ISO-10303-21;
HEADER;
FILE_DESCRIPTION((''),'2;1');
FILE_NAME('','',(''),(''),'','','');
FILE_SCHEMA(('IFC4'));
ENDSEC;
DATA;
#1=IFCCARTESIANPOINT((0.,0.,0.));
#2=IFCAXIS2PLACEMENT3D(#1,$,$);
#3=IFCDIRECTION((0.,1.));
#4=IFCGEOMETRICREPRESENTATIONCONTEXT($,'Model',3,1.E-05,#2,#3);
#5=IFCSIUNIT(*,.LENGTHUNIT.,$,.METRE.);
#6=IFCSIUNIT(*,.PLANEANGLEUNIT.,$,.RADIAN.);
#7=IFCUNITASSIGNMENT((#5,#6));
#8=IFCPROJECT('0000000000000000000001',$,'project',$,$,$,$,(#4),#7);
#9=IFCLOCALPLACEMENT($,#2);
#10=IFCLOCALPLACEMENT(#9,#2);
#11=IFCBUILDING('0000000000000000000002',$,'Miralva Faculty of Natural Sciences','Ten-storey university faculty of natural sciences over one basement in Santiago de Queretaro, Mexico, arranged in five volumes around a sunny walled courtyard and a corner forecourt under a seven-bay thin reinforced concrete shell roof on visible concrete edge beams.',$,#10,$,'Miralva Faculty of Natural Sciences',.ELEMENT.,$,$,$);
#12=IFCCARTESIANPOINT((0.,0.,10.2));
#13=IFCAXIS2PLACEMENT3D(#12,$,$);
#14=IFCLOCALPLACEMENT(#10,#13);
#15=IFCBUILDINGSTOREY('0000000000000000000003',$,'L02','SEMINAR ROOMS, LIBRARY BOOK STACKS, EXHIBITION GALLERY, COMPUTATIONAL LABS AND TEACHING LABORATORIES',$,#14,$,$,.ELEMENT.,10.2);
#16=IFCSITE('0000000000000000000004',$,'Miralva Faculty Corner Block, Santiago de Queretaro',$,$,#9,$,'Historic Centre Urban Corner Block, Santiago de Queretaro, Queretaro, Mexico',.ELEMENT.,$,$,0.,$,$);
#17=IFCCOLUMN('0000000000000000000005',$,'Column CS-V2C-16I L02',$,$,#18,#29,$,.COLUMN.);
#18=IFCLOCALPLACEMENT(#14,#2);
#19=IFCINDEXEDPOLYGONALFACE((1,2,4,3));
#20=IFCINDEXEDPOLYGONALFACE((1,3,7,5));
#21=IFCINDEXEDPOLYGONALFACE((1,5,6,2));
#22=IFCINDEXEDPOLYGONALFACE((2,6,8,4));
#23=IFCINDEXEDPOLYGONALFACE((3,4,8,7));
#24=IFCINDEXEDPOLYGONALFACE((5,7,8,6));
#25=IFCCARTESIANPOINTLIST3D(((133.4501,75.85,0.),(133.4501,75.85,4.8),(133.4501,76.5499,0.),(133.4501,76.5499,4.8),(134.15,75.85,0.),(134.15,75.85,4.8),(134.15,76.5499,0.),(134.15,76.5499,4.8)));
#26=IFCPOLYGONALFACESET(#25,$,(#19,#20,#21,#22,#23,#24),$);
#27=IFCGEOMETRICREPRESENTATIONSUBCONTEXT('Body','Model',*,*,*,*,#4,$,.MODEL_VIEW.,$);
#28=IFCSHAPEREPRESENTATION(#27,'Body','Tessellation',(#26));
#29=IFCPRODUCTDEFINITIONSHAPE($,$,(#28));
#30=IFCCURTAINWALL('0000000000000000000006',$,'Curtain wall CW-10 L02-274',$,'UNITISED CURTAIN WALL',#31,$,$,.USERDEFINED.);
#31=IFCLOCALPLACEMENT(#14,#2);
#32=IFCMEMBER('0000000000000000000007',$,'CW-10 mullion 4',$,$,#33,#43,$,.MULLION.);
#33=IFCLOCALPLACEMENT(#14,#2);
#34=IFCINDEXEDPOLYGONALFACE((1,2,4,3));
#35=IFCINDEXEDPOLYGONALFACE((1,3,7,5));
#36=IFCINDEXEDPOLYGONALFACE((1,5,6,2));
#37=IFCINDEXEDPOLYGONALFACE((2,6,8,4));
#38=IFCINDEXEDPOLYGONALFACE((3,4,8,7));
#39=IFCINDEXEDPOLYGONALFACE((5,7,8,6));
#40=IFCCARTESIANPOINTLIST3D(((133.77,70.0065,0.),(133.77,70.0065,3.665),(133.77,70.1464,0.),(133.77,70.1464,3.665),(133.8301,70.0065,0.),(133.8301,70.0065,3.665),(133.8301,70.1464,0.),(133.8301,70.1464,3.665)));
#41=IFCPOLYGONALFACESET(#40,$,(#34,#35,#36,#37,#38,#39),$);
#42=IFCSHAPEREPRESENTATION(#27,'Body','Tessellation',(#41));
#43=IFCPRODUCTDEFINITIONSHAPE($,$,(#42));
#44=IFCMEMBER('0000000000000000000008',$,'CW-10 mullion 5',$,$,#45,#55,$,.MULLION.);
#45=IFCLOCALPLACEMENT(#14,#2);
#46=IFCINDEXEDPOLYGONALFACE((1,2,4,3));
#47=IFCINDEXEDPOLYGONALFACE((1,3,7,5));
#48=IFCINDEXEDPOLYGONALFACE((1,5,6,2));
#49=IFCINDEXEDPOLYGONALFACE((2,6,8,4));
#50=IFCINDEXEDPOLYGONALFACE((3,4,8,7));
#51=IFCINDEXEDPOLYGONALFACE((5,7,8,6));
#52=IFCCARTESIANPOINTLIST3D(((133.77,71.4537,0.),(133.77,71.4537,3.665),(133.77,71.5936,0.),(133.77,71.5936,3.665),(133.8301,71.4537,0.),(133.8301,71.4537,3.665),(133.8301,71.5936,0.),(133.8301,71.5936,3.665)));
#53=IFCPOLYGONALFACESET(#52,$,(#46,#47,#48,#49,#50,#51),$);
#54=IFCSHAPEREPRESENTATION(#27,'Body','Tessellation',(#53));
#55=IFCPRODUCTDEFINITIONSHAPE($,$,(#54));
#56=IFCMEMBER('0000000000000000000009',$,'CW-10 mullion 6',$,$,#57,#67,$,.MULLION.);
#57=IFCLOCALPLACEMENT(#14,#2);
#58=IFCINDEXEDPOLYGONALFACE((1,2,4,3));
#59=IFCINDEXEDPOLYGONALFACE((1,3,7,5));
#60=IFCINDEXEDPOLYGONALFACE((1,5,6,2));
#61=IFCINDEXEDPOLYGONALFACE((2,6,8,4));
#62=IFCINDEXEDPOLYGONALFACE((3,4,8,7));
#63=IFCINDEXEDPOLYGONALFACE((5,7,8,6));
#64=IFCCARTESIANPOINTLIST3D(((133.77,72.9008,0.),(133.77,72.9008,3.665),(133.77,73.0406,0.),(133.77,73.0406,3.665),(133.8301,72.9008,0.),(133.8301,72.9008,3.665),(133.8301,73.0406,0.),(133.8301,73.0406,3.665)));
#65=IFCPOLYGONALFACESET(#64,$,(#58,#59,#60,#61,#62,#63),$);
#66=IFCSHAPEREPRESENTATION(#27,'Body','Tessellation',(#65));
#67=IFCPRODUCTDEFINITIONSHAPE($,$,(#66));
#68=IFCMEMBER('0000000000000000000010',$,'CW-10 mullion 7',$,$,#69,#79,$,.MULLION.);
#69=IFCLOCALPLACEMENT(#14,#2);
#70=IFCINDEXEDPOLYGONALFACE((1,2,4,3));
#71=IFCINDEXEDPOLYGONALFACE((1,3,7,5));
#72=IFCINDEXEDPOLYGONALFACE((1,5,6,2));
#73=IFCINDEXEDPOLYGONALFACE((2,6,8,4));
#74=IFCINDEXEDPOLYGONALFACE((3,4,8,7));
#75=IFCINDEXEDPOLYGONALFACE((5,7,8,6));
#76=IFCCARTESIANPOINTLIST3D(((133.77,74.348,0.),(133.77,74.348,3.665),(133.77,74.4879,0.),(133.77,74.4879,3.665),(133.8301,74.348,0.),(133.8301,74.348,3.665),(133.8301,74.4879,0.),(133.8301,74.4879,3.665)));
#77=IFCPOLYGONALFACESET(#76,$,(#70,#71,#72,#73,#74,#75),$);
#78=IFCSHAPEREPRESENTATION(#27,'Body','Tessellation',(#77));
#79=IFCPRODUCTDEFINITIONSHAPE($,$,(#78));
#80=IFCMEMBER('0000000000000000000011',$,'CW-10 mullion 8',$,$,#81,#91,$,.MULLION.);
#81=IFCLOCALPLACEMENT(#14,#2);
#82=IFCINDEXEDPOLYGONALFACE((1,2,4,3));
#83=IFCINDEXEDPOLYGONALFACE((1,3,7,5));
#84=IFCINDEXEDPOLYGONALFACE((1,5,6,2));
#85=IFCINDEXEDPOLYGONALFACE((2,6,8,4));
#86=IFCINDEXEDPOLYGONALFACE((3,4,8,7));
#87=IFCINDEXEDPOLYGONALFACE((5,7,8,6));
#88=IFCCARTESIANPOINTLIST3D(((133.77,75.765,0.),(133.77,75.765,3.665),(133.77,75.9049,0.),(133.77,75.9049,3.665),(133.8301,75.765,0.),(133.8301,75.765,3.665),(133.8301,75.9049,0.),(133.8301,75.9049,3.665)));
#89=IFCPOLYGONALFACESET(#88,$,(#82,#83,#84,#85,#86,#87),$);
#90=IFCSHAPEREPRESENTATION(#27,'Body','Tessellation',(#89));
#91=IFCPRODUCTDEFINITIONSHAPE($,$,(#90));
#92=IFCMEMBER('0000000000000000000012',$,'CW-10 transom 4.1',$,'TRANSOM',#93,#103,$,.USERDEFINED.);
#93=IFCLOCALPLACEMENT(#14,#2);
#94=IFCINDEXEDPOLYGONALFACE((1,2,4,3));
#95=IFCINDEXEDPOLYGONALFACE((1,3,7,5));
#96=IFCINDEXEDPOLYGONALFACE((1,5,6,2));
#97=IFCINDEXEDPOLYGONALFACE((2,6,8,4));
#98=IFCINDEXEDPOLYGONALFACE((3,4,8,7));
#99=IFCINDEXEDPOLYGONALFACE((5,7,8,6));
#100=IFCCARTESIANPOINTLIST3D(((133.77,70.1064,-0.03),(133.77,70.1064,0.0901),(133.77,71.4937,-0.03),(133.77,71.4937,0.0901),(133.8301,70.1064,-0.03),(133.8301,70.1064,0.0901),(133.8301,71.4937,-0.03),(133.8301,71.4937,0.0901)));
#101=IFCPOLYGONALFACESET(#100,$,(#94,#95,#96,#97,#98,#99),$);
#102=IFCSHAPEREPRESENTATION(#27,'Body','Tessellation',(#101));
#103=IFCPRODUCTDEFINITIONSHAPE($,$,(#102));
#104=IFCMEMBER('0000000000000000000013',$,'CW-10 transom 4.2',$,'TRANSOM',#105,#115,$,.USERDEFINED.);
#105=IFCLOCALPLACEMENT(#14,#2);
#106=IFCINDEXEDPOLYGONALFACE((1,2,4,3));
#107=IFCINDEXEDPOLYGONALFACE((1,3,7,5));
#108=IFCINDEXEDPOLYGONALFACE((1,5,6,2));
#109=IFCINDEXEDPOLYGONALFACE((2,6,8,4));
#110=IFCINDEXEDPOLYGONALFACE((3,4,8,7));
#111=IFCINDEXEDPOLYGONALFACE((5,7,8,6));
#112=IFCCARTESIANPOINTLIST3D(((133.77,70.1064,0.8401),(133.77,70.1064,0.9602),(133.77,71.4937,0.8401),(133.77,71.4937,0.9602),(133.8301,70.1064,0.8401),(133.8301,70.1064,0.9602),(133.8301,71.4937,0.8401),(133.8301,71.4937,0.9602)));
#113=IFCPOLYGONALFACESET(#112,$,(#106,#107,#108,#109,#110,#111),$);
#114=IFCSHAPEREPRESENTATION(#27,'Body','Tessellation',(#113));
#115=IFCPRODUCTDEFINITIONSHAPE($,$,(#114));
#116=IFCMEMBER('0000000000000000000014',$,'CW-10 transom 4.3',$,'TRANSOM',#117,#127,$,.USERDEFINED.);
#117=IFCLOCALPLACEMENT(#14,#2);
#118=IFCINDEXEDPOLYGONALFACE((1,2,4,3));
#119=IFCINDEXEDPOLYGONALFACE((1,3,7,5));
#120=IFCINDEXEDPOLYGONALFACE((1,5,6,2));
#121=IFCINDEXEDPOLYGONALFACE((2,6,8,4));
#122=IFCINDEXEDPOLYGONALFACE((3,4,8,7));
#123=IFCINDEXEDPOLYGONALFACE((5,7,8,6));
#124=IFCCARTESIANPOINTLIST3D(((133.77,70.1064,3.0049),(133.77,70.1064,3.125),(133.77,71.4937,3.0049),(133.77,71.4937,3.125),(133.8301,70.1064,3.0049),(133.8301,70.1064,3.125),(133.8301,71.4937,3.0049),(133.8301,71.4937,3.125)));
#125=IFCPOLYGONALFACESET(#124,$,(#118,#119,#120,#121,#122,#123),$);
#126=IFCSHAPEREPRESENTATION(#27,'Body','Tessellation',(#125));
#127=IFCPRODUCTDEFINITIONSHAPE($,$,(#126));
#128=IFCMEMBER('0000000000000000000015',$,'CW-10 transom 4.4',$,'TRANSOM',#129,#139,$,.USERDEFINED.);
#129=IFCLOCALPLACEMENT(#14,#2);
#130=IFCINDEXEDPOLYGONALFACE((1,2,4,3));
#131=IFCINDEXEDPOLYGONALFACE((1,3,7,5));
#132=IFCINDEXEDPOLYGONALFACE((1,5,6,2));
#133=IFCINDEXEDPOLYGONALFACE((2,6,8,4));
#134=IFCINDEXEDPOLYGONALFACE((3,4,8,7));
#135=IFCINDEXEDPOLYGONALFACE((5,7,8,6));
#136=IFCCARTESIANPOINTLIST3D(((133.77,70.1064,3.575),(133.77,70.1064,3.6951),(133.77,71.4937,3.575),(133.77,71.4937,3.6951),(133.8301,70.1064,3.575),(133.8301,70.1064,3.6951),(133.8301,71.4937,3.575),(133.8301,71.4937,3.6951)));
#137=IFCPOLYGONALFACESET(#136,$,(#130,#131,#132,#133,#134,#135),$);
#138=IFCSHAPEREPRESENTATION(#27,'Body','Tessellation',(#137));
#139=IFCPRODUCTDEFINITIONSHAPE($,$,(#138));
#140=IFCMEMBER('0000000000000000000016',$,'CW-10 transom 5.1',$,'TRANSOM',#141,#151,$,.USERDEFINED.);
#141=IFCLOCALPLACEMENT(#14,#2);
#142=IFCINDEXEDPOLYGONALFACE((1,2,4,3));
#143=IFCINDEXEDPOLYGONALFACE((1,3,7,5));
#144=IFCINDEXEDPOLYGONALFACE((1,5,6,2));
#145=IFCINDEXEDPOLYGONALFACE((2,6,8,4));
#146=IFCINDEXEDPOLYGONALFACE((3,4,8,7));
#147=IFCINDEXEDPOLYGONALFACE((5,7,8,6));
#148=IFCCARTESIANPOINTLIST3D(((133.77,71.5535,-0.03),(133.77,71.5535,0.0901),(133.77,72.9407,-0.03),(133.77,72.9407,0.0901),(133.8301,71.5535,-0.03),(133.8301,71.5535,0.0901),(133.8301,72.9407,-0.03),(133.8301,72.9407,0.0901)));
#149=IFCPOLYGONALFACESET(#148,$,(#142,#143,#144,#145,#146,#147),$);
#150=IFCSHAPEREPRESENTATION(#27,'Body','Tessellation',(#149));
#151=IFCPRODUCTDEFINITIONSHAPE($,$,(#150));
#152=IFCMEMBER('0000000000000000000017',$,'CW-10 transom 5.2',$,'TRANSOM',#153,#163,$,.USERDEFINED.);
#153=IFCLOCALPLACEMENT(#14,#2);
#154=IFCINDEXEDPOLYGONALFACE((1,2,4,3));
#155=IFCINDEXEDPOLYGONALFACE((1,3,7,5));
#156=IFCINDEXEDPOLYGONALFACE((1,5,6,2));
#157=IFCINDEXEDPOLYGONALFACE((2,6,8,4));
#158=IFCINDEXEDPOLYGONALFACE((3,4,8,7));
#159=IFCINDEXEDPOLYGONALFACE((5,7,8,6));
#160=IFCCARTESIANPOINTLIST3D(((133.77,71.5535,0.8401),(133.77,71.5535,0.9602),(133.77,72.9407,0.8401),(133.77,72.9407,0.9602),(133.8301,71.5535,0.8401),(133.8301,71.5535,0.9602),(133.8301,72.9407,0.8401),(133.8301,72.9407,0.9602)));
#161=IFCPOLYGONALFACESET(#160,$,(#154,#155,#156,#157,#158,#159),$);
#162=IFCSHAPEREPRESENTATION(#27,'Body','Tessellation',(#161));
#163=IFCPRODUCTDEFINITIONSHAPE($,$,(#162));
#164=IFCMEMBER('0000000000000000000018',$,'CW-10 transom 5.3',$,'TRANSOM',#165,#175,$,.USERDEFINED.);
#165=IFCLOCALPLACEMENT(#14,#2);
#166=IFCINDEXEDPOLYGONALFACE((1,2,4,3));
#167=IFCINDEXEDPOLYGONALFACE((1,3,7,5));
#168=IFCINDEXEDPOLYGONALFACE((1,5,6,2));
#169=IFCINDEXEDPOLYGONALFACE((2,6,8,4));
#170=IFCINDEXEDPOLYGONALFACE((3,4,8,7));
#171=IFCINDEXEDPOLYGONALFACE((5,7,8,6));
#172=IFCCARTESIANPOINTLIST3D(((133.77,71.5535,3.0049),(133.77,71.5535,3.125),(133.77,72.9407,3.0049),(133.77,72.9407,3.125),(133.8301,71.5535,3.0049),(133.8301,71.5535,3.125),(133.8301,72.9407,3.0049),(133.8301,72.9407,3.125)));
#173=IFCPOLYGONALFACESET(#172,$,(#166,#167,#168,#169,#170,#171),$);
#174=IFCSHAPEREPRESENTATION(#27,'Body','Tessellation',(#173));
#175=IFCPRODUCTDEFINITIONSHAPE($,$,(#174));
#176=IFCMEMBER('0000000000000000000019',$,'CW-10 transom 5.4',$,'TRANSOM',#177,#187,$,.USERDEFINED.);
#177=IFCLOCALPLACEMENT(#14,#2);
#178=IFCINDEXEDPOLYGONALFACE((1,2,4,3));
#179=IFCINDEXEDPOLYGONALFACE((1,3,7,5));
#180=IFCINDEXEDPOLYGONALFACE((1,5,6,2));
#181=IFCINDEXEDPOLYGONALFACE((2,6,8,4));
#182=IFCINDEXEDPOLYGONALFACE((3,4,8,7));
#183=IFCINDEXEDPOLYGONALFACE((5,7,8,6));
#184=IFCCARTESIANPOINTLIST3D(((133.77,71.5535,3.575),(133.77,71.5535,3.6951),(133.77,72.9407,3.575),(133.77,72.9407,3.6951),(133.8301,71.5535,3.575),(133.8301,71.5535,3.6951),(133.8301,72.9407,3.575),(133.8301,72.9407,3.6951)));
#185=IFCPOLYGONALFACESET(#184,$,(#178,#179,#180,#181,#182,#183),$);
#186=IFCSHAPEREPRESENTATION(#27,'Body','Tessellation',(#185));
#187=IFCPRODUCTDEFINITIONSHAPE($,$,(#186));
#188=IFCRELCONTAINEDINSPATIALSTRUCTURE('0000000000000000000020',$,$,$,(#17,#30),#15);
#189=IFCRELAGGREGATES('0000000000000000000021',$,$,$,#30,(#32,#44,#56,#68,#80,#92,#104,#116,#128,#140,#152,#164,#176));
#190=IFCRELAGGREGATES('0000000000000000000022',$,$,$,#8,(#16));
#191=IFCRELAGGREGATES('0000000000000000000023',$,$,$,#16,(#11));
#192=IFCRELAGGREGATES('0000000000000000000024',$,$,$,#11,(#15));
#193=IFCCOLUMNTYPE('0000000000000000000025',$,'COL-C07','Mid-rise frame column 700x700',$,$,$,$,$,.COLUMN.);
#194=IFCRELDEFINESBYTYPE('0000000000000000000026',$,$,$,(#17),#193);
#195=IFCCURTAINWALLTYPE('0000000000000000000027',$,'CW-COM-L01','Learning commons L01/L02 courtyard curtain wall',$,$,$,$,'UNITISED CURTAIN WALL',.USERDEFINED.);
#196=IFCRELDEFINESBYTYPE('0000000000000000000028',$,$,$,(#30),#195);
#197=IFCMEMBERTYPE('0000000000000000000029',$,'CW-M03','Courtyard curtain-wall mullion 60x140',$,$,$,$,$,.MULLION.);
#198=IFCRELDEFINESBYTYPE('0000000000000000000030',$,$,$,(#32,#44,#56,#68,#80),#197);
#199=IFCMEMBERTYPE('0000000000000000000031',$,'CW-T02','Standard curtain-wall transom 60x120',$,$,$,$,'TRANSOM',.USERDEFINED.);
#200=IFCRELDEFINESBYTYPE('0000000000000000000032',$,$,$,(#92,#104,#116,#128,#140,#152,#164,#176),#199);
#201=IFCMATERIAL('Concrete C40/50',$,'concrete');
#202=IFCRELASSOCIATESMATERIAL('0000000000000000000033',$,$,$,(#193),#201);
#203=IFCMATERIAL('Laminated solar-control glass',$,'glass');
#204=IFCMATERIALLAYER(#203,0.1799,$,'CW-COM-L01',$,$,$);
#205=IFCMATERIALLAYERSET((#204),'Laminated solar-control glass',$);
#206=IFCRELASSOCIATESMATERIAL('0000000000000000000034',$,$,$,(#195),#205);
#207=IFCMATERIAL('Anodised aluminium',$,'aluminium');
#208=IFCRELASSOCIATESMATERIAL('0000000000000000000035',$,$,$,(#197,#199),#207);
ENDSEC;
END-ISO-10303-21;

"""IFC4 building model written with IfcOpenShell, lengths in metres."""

from ifc_helpers import new_model, si_unit, direction, frame, origin, origin_2d, place, context, subcontext, project, spatial, rectangle, extrude, material, layer, layer_set, material_profile, profile_set, type_object, element, aggregate, save


model = new_model("IFC4")

# Units and contexts
model_context = context("Model", 3, precision=1e-05, world=origin(), true_north=direction((0.0, 1.0)))
body_context = subcontext(model_context, "Body", "Model", "MODEL_VIEW")
ifc_project = project(units=[si_unit("LENGTHUNIT", "METRE"), si_unit("PLANEANGLEUNIT", "RADIAN")], contexts=[model_context])

# Site, building, storey
site_placement = place(None, origin())
site = spatial("IfcSite", under=ifc_project, at=site_placement, Name="Miralva Faculty Corner Block, Santiago de Queretaro", LongName="Historic Centre Urban Corner Block, Santiago de Queretaro, Queretaro, Mexico", CompositionType="ELEMENT", RefElevation=0.0)
building_placement = place(site_placement, origin())
building = spatial("IfcBuilding", under=site, at=building_placement, Name="Miralva Faculty of Natural Sciences", Description="Ten-storey university faculty of natural sciences over one basement in Santiago de Queretaro, Mexico, arranged in five volumes around a sunny walled courtyard and a corner forecourt under a seven-bay thin reinforced concrete shell roof on visible concrete edge beams.", LongName="Miralva Faculty of Natural Sciences", CompositionType="ELEMENT")
storey_placement = place(building_placement, frame((0.0, 0.0, 10.2)))
storey = spatial("IfcBuildingStorey", under=building, at=storey_placement, Name="L02", Description="SEMINAR ROOMS, LIBRARY BOOK STACKS, EXHIBITION GALLERY, COMPUTATIONAL LABS AND TEACHING LABORATORIES", CompositionType="ELEMENT", Elevation=10.2)

# Column
ifc_material_1 = material(Name="Concrete C40/50", Category="concrete")
ifc_material_profile_1 = material_profile(ifc_material_1, rectangle(XDim=0.7, YDim=0.7, at=origin_2d()), Name="RC 700x700")
ifc_profile_set_1 = profile_set([ifc_material_profile_1], Name="Concrete C40/50")
column_type = type_object("IfcColumnType", Name="COL-C07", Description="Mid-rise frame column 700x700", PredefinedType="COLUMN", material=ifc_profile_set_1)
column_placement = place(storey_placement, frame((133.8, 76.2, 0.0), z_axis=(0.0, 0.0, 1.0), x_axis=(1.0, 0.0, 0.0)))
element("IfcColumn", 1, at=column_placement, inside=storey, type_object=column_type, Name="Column CS-V2C-16I L02", PredefinedType="COLUMN", context=body_context, shape_type="SweptSolid", body=[
    extrude(rectangle(XDim=0.7, YDim=0.7, at=origin_2d()), origin(), (0.0, 0.0, 1.0), 4.8),
])

# Curtain wall, members
ifc_material_2 = material(Name="Laminated solar-control glass", Category="glass")
ifc_layer_1 = layer(ifc_material_2, 0.1799, Name="CW-COM-L01")
ifc_layer_set_1 = layer_set([ifc_layer_1], Name="Laminated solar-control glass")
curtain_wall_type = type_object("IfcCurtainWallType", Name="CW-COM-L01", Description="Learning commons L01/L02 courtyard curtain wall", ElementType="UNITISED CURTAIN WALL", PredefinedType="USERDEFINED", material=ifc_layer_set_1)
curtain_wall_placement = place(storey_placement, origin())
curtain_wall = element("IfcCurtainWall", 2, at=curtain_wall_placement, inside=storey, type_object=curtain_wall_type, Name="Curtain wall CW-10 L02-274", ObjectType="UNITISED CURTAIN WALL", PredefinedType="USERDEFINED")
ifc_material_3 = material(Name="Anodised aluminium", Category="aluminium")
ifc_material_profile_2 = material_profile(ifc_material_3, rectangle(XDim=0.0601, YDim=0.1399, at=origin_2d()), Name="MULLION 60x140")
ifc_profile_set_2 = profile_set([ifc_material_profile_2], Name="Anodised aluminium")
member_type_1 = type_object("IfcMemberType", Name="CW-M03", Description="Courtyard curtain-wall mullion 60x140", PredefinedType="MULLION", material=ifc_profile_set_2)
member_1_placement = place(storey_placement, frame((133.8, 70.0764, 0.0), z_axis=(0.0, 0.0, 1.0), x_axis=(-1.0, 0.0, 0.0)))
member_1 = element("IfcMember", 3, at=member_1_placement, type_object=member_type_1, Name="CW-10 mullion 4", PredefinedType="MULLION", context=body_context, shape_type="SweptSolid", body=[
    extrude(rectangle(XDim=0.0601, YDim=0.1399, at=origin_2d()), origin(), (0.0, 0.0, 1.0), 3.665),
])
member_2_placement = place(storey_placement, frame((133.8, 71.5237, 0.0), z_axis=(0.0, 0.0, 1.0), x_axis=(-1.0, 0.0, 0.0)))
member_2 = element("IfcMember", 4, at=member_2_placement, type_object=member_type_1, Name="CW-10 mullion 5", PredefinedType="MULLION", context=body_context, shape_type="SweptSolid", body=[
    extrude(rectangle(XDim=0.0601, YDim=0.1399, at=origin_2d()), origin(), (0.0, 0.0, 1.0), 3.665),
])
member_3_placement = place(storey_placement, frame((133.8, 72.9707, 0.0), z_axis=(0.0, 0.0, 1.0), x_axis=(-1.0, 0.0, 0.0)))
member_3 = element("IfcMember", 5, at=member_3_placement, type_object=member_type_1, Name="CW-10 mullion 6", PredefinedType="MULLION", context=body_context, shape_type="SweptSolid", body=[
    extrude(rectangle(XDim=0.0601, YDim=0.1399, at=origin_2d()), origin(), (0.0, 0.0, 1.0), 3.665),
])
member_4_placement = place(storey_placement, frame((133.8, 74.418, 0.0), z_axis=(0.0, 0.0, 1.0), x_axis=(-1.0, 0.0, 0.0)))
member_4 = element("IfcMember", 6, at=member_4_placement, type_object=member_type_1, Name="CW-10 mullion 7", PredefinedType="MULLION", context=body_context, shape_type="SweptSolid", body=[
    extrude(rectangle(XDim=0.0601, YDim=0.1399, at=origin_2d()), origin(), (0.0, 0.0, 1.0), 3.665),
])
member_5_placement = place(storey_placement, frame((133.8, 75.835, 0.0), z_axis=(0.0, 0.0, 1.0), x_axis=(-1.0, 0.0, 0.0)))
member_5 = element("IfcMember", 7, at=member_5_placement, type_object=member_type_1, Name="CW-10 mullion 8", PredefinedType="MULLION", context=body_context, shape_type="SweptSolid", body=[
    extrude(rectangle(XDim=0.0601, YDim=0.1399, at=origin_2d()), origin(), (0.0, 0.0, 1.0), 3.665),
])
ifc_material_profile_3 = material_profile(ifc_material_3, rectangle(XDim=0.0601, YDim=0.1201, at=origin_2d()), Name="TRANSOM 60x120")
ifc_profile_set_3 = profile_set([ifc_material_profile_3], Name="Anodised aluminium")
member_type_2 = type_object("IfcMemberType", Name="CW-T02", Description="Standard curtain-wall transom 60x120", ElementType="TRANSOM", PredefinedType="USERDEFINED", material=ifc_profile_set_3)
member_6_placement = place(storey_placement, frame((133.8, 70.1064, 0.03), z_axis=(0.0, 1.0, 0.0), x_axis=(-1.0, 0.0, 0.0)))
member_6 = element("IfcMember", 8, at=member_6_placement, type_object=member_type_2, Name="CW-10 transom 4.1", ObjectType="TRANSOM", PredefinedType="USERDEFINED", context=body_context, shape_type="SweptSolid", body=[
    extrude(rectangle(XDim=0.0601, YDim=0.1201, at=origin_2d()), origin(), (0.0, 0.0, 1.0), 1.3872),
])
member_7_placement = place(storey_placement, frame((133.8, 70.1064, 0.9001), z_axis=(0.0, 1.0, 0.0), x_axis=(-1.0, 0.0, 0.0)))
member_7 = element("IfcMember", 9, at=member_7_placement, type_object=member_type_2, Name="CW-10 transom 4.2", ObjectType="TRANSOM", PredefinedType="USERDEFINED", context=body_context, shape_type="SweptSolid", body=[
    extrude(rectangle(XDim=0.0601, YDim=0.1201, at=origin_2d()), origin(), (0.0, 0.0, 1.0), 1.3872),
])
member_8_placement = place(storey_placement, frame((133.8, 70.1064, 3.0649), z_axis=(0.0, 1.0, 0.0), x_axis=(-1.0, 0.0, 0.0)))
member_8 = element("IfcMember", 10, at=member_8_placement, type_object=member_type_2, Name="CW-10 transom 4.3", ObjectType="TRANSOM", PredefinedType="USERDEFINED", context=body_context, shape_type="SweptSolid", body=[
    extrude(rectangle(XDim=0.0601, YDim=0.1201, at=origin_2d()), origin(), (0.0, 0.0, 1.0), 1.3872),
])
member_9_placement = place(storey_placement, frame((133.8, 70.1064, 3.635), z_axis=(0.0, 1.0, 0.0), x_axis=(-1.0, 0.0, 0.0)))
member_9 = element("IfcMember", 11, at=member_9_placement, type_object=member_type_2, Name="CW-10 transom 4.4", ObjectType="TRANSOM", PredefinedType="USERDEFINED", context=body_context, shape_type="SweptSolid", body=[
    extrude(rectangle(XDim=0.0601, YDim=0.1201, at=origin_2d()), origin(), (0.0, 0.0, 1.0), 1.3872),
])
member_10_placement = place(storey_placement, frame((133.8, 71.5535, 0.03), z_axis=(0.0, 1.0, 0.0), x_axis=(-1.0, 0.0, 0.0)))
member_10 = element("IfcMember", 12, at=member_10_placement, type_object=member_type_2, Name="CW-10 transom 5.1", ObjectType="TRANSOM", PredefinedType="USERDEFINED", context=body_context, shape_type="SweptSolid", body=[
    extrude(rectangle(XDim=0.0601, YDim=0.1201, at=origin_2d()), origin(), (0.0, 0.0, 1.0), 1.3872),
])
member_11_placement = place(storey_placement, frame((133.8, 71.5535, 0.9001), z_axis=(0.0, 1.0, 0.0), x_axis=(-1.0, 0.0, 0.0)))
member_11 = element("IfcMember", 13, at=member_11_placement, type_object=member_type_2, Name="CW-10 transom 5.2", ObjectType="TRANSOM", PredefinedType="USERDEFINED", context=body_context, shape_type="SweptSolid", body=[
    extrude(rectangle(XDim=0.0601, YDim=0.1201, at=origin_2d()), origin(), (0.0, 0.0, 1.0), 1.3872),
])
member_12_placement = place(storey_placement, frame((133.8, 71.5535, 3.0649), z_axis=(0.0, 1.0, 0.0), x_axis=(-1.0, 0.0, 0.0)))
member_12 = element("IfcMember", 14, at=member_12_placement, type_object=member_type_2, Name="CW-10 transom 5.3", ObjectType="TRANSOM", PredefinedType="USERDEFINED", context=body_context, shape_type="SweptSolid", body=[
    extrude(rectangle(XDim=0.0601, YDim=0.1201, at=origin_2d()), origin(), (0.0, 0.0, 1.0), 1.3872),
])
member_13_placement = place(storey_placement, frame((133.8, 71.5535, 3.635), z_axis=(0.0, 1.0, 0.0), x_axis=(-1.0, 0.0, 0.0)))
member_13 = element("IfcMember", 15, at=member_13_placement, type_object=member_type_2, Name="CW-10 transom 5.4", ObjectType="TRANSOM", PredefinedType="USERDEFINED", context=body_context, shape_type="SweptSolid", body=[
    extrude(rectangle(XDim=0.0601, YDim=0.1201, at=origin_2d()), origin(), (0.0, 0.0, 1.0), 1.3872),
])
aggregate(curtain_wall, [member_1, member_2, member_3, member_4, member_5, member_6, member_7, member_8, member_9, member_10, member_11, member_12, member_13])

save(model, "model.ifc")
